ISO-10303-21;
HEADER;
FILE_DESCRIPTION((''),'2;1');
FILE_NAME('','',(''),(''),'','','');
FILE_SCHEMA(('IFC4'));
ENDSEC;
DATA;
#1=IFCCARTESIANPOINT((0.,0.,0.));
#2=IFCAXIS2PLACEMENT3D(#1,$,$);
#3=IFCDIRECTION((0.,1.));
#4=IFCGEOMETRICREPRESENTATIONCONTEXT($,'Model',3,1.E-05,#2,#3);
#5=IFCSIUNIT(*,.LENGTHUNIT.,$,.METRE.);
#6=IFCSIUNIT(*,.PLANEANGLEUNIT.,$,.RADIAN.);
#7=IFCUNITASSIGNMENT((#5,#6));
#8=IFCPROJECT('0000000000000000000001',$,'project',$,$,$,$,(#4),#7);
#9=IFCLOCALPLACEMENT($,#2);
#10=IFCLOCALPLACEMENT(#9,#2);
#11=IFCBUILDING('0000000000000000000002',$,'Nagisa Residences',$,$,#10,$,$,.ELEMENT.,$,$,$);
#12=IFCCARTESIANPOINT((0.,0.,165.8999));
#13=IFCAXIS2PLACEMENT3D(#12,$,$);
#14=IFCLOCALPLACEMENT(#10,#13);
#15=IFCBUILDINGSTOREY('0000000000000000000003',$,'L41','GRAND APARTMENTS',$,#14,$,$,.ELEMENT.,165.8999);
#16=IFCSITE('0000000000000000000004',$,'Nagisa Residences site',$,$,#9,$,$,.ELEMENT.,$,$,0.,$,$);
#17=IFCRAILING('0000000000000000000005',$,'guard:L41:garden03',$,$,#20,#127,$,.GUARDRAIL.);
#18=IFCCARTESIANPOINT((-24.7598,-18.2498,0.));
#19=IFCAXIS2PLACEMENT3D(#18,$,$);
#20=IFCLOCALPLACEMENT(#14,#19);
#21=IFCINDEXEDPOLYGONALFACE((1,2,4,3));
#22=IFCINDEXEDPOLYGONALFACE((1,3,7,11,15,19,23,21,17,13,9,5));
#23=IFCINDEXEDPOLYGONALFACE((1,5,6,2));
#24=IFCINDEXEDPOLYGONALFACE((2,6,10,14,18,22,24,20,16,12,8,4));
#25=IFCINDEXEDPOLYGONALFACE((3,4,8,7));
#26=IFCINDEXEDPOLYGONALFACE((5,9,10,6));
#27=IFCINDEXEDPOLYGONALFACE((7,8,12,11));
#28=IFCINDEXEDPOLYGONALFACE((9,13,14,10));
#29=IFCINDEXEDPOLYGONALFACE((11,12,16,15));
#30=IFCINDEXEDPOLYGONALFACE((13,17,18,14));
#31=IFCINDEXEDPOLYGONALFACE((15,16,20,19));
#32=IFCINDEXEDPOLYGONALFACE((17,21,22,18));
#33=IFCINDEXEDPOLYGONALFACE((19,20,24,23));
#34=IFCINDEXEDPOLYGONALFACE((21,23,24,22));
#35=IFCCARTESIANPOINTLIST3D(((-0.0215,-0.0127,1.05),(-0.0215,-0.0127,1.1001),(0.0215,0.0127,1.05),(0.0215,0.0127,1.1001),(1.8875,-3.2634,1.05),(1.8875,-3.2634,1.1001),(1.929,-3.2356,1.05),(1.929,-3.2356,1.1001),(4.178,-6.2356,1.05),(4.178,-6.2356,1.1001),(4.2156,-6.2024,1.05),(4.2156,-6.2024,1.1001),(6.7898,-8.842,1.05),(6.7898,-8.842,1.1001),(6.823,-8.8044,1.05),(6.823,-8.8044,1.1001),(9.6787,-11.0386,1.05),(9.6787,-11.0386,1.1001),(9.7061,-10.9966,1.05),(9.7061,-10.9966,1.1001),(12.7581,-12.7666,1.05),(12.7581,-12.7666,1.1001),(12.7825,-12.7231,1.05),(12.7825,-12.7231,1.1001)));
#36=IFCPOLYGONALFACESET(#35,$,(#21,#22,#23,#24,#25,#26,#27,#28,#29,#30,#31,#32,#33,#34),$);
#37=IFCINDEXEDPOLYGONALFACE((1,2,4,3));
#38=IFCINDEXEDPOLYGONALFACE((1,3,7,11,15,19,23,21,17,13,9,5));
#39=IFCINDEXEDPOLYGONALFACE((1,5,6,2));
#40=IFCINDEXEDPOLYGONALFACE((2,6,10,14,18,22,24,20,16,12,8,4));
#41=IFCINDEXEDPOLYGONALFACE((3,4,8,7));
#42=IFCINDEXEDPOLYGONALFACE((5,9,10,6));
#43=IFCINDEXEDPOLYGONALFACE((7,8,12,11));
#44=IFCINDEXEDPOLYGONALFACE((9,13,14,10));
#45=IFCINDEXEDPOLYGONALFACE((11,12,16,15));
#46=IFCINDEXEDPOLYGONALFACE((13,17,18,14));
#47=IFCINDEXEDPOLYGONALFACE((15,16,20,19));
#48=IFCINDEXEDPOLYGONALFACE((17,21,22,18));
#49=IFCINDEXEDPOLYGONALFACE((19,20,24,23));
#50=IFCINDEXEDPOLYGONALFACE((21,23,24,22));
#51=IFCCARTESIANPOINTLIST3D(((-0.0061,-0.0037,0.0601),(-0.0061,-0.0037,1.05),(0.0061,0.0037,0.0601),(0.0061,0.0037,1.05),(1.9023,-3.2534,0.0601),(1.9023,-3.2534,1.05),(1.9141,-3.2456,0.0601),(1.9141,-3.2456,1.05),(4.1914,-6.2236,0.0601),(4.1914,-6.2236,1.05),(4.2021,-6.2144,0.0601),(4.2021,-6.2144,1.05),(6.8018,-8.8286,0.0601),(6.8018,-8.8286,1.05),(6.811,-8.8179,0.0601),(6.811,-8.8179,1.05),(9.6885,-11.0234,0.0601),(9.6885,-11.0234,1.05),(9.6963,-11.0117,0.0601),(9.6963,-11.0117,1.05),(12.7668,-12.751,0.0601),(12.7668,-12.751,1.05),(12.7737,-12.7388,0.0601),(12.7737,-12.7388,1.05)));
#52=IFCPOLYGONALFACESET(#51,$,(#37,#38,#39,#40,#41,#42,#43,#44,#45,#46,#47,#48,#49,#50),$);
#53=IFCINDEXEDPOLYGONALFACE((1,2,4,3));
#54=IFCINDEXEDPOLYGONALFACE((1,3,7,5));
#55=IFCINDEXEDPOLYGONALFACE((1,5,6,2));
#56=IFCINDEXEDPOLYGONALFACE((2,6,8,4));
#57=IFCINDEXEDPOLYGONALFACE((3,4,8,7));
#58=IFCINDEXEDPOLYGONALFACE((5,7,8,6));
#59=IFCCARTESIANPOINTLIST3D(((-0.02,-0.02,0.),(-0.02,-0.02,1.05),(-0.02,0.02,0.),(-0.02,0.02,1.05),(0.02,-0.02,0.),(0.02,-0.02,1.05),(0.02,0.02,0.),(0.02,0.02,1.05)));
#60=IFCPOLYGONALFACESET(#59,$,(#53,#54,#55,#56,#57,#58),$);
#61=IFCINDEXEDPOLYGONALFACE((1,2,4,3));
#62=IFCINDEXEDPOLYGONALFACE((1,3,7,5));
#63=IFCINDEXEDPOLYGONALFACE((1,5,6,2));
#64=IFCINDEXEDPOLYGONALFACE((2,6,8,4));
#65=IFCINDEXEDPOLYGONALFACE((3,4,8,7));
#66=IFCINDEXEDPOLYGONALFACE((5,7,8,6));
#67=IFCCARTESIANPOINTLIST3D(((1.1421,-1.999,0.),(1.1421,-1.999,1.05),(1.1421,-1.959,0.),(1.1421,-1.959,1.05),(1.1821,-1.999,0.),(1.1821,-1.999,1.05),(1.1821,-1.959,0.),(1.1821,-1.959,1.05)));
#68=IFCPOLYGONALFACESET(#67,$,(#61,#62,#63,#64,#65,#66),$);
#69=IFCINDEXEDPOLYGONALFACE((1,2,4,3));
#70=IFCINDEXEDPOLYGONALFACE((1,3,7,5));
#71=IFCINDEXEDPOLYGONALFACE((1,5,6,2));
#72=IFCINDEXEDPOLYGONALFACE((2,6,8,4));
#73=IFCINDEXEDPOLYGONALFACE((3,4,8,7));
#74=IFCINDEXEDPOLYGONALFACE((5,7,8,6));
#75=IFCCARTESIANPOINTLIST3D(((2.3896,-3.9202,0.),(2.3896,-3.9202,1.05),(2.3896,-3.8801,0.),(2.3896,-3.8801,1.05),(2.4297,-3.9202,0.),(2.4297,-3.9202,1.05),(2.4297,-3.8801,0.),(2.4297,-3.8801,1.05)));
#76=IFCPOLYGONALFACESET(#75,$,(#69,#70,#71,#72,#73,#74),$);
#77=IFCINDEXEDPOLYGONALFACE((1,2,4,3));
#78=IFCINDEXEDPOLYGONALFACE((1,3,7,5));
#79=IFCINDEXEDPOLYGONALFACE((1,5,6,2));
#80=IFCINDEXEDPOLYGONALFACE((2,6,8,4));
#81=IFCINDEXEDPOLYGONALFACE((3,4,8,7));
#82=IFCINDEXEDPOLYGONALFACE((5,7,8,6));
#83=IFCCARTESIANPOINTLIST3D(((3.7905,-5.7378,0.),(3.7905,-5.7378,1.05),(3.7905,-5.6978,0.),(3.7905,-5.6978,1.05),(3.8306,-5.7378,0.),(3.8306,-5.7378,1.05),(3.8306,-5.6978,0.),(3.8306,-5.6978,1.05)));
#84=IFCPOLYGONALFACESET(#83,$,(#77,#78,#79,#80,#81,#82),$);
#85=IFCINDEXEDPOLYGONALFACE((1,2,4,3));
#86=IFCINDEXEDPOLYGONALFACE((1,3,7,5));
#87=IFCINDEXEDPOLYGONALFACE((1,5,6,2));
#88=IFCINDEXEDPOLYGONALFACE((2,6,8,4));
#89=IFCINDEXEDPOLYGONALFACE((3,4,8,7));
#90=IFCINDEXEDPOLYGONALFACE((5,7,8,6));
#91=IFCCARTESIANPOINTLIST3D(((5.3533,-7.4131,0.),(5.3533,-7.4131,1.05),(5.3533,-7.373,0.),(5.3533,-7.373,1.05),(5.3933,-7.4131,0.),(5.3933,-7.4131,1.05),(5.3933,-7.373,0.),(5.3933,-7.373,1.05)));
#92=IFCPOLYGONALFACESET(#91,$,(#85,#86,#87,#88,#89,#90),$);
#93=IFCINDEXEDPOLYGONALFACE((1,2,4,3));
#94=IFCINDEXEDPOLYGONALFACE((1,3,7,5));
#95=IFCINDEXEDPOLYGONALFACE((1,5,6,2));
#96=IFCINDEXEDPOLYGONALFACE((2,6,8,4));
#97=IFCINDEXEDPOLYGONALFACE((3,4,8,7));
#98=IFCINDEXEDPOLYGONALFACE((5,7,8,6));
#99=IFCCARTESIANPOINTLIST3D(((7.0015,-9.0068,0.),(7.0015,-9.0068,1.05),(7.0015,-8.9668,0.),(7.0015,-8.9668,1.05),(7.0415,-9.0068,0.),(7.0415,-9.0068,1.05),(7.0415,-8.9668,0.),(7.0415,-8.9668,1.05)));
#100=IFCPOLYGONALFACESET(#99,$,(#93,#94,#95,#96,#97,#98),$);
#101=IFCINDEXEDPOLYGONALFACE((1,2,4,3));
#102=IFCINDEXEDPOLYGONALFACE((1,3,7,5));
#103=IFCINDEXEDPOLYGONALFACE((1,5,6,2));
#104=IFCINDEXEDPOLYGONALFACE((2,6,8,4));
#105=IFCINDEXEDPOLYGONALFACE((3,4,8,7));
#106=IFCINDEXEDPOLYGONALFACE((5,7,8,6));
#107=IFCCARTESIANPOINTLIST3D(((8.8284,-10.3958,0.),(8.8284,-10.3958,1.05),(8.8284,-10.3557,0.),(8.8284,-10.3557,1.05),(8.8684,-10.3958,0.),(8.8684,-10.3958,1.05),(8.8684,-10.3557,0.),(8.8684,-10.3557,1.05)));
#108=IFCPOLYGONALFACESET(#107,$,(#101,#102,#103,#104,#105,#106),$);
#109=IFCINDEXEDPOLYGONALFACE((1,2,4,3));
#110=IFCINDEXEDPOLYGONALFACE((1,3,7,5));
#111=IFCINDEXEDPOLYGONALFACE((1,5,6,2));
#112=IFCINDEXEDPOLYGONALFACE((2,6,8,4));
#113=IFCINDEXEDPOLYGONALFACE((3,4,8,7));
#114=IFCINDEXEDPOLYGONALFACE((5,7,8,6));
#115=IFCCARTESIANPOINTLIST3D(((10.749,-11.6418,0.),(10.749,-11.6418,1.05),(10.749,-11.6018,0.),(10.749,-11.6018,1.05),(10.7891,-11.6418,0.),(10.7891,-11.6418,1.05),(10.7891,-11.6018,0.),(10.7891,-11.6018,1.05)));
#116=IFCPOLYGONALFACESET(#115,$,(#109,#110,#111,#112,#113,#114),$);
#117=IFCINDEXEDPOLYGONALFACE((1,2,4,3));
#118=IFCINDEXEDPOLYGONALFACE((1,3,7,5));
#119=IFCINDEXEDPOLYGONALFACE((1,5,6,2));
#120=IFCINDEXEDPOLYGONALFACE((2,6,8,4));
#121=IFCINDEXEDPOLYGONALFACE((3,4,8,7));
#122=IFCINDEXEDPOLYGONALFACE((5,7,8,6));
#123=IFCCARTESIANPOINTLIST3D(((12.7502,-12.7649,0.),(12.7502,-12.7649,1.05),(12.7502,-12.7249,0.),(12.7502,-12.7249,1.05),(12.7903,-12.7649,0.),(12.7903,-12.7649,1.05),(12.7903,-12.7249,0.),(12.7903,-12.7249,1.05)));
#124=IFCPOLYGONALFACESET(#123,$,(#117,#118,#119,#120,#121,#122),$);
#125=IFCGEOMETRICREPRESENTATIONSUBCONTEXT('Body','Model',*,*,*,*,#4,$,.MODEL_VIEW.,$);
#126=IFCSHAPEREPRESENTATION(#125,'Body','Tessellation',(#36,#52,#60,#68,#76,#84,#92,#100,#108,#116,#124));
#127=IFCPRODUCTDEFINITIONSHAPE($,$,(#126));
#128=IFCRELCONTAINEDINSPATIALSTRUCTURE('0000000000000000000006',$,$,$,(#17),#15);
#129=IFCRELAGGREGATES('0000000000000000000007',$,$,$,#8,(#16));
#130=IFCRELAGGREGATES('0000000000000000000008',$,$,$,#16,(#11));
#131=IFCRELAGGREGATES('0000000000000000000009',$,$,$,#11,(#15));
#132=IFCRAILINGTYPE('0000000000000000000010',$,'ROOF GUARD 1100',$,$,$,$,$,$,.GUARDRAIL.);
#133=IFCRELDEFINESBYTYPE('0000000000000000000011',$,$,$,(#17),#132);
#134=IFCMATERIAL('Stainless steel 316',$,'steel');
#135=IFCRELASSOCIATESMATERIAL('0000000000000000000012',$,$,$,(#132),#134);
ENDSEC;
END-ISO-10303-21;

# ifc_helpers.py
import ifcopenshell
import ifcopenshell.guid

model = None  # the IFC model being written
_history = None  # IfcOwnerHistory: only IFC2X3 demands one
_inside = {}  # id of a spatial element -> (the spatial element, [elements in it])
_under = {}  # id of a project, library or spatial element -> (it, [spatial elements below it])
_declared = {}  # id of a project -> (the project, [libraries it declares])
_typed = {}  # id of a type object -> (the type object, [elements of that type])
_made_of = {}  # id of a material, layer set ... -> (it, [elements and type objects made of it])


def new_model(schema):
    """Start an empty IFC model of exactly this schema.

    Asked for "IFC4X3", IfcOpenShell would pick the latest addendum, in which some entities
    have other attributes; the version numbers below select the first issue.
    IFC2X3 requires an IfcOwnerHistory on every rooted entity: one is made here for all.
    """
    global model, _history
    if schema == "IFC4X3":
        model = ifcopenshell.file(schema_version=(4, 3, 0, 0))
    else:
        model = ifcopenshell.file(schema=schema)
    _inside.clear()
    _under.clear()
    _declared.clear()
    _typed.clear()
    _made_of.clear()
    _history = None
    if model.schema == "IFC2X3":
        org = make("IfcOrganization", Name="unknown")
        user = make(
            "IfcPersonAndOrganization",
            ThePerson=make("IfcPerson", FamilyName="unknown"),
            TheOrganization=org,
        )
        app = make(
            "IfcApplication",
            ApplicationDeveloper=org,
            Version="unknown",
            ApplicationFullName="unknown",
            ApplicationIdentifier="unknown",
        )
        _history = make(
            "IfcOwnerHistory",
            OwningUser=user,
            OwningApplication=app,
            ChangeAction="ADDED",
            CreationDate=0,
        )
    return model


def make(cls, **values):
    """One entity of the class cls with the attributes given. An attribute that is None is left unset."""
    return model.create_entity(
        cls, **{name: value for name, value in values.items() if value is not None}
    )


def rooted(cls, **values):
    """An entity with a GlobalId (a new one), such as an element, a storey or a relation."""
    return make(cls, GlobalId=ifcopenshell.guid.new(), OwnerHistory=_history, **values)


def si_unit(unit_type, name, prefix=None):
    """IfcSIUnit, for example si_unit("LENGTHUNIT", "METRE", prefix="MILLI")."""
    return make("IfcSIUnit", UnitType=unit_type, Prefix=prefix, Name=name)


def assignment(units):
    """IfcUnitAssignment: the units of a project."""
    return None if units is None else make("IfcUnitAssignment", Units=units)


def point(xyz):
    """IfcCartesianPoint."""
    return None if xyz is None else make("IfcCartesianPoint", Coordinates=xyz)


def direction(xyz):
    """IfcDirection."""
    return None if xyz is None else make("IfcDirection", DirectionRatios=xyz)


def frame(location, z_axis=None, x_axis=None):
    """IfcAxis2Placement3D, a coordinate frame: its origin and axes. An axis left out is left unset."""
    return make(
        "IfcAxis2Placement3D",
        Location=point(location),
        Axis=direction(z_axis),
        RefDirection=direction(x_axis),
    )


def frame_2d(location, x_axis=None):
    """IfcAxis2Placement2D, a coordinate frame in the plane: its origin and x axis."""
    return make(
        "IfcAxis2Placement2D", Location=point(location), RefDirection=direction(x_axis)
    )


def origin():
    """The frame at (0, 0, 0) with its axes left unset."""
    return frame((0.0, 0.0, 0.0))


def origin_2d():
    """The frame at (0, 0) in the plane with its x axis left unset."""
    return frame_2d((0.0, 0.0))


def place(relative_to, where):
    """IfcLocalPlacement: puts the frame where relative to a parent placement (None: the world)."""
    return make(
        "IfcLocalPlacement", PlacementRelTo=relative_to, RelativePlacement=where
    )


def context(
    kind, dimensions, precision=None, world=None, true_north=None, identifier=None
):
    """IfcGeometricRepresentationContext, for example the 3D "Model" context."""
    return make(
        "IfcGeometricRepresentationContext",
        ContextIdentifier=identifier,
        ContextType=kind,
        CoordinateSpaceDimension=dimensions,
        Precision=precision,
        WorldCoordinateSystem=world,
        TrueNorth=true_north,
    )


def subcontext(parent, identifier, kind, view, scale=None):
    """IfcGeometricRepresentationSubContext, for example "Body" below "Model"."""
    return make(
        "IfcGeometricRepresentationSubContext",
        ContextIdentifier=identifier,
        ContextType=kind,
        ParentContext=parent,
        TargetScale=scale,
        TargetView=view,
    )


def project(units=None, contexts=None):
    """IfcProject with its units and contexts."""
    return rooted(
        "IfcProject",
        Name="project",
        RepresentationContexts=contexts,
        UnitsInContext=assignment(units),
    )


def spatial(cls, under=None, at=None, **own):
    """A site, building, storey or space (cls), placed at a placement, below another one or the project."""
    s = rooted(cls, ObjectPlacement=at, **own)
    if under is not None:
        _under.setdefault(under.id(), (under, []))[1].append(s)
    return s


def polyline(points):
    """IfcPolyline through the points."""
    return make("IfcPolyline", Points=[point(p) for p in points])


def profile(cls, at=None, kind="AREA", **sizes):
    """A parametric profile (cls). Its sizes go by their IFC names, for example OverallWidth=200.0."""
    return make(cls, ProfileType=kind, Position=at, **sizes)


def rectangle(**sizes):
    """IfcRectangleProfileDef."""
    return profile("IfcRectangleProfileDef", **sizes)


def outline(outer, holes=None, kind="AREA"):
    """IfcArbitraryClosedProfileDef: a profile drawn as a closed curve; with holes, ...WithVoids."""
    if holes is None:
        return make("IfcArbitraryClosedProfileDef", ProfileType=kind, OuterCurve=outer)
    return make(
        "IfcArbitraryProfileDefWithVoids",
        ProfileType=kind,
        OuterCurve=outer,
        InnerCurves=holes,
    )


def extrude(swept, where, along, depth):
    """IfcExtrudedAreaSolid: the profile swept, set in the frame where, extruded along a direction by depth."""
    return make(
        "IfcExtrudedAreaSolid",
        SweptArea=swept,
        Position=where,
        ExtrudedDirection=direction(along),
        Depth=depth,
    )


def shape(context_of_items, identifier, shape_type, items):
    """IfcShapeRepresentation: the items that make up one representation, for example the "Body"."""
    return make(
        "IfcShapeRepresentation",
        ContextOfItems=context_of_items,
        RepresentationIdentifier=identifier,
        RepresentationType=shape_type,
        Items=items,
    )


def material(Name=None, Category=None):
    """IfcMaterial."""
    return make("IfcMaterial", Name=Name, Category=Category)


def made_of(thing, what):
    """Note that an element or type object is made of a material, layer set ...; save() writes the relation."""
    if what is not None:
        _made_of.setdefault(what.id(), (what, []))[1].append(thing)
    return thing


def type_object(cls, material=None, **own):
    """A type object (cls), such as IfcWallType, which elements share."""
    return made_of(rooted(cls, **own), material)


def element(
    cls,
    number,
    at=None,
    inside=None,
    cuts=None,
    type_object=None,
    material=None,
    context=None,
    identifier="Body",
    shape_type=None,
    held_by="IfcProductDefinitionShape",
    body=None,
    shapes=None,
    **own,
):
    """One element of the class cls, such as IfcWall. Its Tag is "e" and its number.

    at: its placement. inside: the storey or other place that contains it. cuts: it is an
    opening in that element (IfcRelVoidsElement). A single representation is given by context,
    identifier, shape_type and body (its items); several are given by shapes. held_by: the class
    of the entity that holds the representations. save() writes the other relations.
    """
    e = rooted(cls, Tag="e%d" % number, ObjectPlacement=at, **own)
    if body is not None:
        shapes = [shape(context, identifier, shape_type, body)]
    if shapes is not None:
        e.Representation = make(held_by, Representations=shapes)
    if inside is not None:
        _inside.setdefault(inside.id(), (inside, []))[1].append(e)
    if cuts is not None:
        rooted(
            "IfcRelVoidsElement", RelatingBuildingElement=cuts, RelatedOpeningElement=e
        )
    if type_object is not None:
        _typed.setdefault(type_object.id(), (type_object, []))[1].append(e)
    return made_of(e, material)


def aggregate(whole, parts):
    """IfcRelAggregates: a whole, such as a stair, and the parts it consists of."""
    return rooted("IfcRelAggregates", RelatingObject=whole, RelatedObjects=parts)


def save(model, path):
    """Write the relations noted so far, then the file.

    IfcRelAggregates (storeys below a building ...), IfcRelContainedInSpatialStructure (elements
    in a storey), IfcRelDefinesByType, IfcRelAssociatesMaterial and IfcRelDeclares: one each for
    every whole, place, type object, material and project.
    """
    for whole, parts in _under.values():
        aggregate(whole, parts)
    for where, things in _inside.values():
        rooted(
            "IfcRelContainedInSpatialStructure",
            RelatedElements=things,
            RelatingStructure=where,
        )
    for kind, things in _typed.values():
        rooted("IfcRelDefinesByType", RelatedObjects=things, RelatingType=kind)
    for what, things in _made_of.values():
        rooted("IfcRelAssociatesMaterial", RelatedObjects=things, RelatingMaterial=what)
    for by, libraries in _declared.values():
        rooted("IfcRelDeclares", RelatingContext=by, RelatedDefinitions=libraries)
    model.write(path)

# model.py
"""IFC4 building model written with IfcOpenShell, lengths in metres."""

from ifc_helpers import new_model, si_unit, direction, frame, origin, origin_2d, place, context, subcontext, project, spatial, polyline, rectangle, outline, extrude, material, type_object, element, save


model = new_model("IFC4")

# Units and contexts
model_context = context("Model", 3, precision=1e-05, world=origin(), true_north=direction((0.0, 1.0)))
body_context = subcontext(model_context, "Body", "Model", "MODEL_VIEW")
ifc_project = project(units=[si_unit("LENGTHUNIT", "METRE"), si_unit("PLANEANGLEUNIT", "RADIAN")], contexts=[model_context])

# Site, building, storey
site_placement = place(None, origin())
site = spatial("IfcSite", under=ifc_project, at=site_placement, Name="Nagisa Residences site", CompositionType="ELEMENT", RefElevation=0.0)
building_placement = place(site_placement, origin())
building = spatial("IfcBuilding", under=site, at=building_placement, Name="Nagisa Residences", CompositionType="ELEMENT")
storey_placement = place(building_placement, frame((0.0, 0.0, 165.8999)))
storey = spatial("IfcBuildingStorey", under=building, at=storey_placement, Name="L41", Description="GRAND APARTMENTS", CompositionType="ELEMENT", Elevation=165.8999)

# Railing
ifc_material_1 = material(Name="Stainless steel 316", Category="steel")
railing_type = type_object("IfcRailingType", Name="ROOF GUARD 1100", PredefinedType="GUARDRAIL", material=ifc_material_1)
railing_1_placement = place(storey_placement, frame((-24.7598, -18.2498, 0.0)))
element("IfcRailing", 1, at=railing_1_placement, inside=storey, type_object=railing_type, Name="guard:L41:garden03", PredefinedType="GUARDRAIL", context=body_context, shape_type="SweptSolid", body=[
    extrude(outline(polyline([(1.929, -3.2356), (0.0215, 0.0127), (-0.0215, -0.0127), (1.8875, -3.2634), (4.178, -6.2356), (6.7898, -8.842), (9.6787, -11.0386), (12.7581, -12.7666), (12.7825, -12.7231), (9.7061, -10.9966), (6.823, -8.8044), (4.2156, -6.2024), (1.929, -3.2356)])), frame((0.0, 0.0, 1.05)), (0.0, 0.0, 1.0), 0.05),
    extrude(outline(polyline([(1.9141, -3.2456), (0.0061, 0.0037), (-0.0061, -0.0037), (1.9023, -3.2534), (4.1914, -6.2236), (6.8018, -8.8286), (9.6885, -11.0234), (12.7668, -12.751), (12.7737, -12.7388), (9.6963, -11.0117), (6.811, -8.8179), (4.2021, -6.2144), (1.9141, -3.2456)])), frame((0.0, 0.0, 0.0601)), (0.0, 0.0, 1.0), 0.99),
    extrude(rectangle(XDim=0.04, YDim=0.04, at=origin_2d()), origin(), (0.0, 0.0, 1.0), 1.05),
    extrude(rectangle(XDim=0.04, YDim=0.04, at=origin_2d()), frame((1.1621, -1.979, 0.0)), (0.0, 0.0, 1.0), 1.05),
    extrude(rectangle(XDim=0.04, YDim=0.04, at=origin_2d()), frame((2.4097, -3.9001, 0.0)), (0.0, 0.0, 1.0), 1.05),
    extrude(rectangle(XDim=0.04, YDim=0.04, at=origin_2d()), frame((3.8105, -5.7178, 0.0)), (0.0, 0.0, 1.0), 1.05),
    extrude(rectangle(XDim=0.04, YDim=0.04, at=origin_2d()), frame((5.3733, -7.3931, 0.0)), (0.0, 0.0, 1.0), 1.05),
    extrude(rectangle(XDim=0.04, YDim=0.04, at=origin_2d()), frame((7.0215, -8.9868, 0.0)), (0.0, 0.0, 1.0), 1.05),
    extrude(rectangle(XDim=0.04, YDim=0.04, at=origin_2d()), frame((8.8484, -10.3757, 0.0)), (0.0, 0.0, 1.0), 1.05),
    extrude(rectangle(XDim=0.04, YDim=0.04, at=origin_2d()), frame((10.769, -11.6218, 0.0)), (0.0, 0.0, 1.0), 1.05),
    extrude(rectangle(XDim=0.04, YDim=0.04, at=origin_2d()), frame((12.7703, -12.7449, 0.0)), (0.0, 0.0, 1.0), 1.05),
])

save(model, "model.ifc")
